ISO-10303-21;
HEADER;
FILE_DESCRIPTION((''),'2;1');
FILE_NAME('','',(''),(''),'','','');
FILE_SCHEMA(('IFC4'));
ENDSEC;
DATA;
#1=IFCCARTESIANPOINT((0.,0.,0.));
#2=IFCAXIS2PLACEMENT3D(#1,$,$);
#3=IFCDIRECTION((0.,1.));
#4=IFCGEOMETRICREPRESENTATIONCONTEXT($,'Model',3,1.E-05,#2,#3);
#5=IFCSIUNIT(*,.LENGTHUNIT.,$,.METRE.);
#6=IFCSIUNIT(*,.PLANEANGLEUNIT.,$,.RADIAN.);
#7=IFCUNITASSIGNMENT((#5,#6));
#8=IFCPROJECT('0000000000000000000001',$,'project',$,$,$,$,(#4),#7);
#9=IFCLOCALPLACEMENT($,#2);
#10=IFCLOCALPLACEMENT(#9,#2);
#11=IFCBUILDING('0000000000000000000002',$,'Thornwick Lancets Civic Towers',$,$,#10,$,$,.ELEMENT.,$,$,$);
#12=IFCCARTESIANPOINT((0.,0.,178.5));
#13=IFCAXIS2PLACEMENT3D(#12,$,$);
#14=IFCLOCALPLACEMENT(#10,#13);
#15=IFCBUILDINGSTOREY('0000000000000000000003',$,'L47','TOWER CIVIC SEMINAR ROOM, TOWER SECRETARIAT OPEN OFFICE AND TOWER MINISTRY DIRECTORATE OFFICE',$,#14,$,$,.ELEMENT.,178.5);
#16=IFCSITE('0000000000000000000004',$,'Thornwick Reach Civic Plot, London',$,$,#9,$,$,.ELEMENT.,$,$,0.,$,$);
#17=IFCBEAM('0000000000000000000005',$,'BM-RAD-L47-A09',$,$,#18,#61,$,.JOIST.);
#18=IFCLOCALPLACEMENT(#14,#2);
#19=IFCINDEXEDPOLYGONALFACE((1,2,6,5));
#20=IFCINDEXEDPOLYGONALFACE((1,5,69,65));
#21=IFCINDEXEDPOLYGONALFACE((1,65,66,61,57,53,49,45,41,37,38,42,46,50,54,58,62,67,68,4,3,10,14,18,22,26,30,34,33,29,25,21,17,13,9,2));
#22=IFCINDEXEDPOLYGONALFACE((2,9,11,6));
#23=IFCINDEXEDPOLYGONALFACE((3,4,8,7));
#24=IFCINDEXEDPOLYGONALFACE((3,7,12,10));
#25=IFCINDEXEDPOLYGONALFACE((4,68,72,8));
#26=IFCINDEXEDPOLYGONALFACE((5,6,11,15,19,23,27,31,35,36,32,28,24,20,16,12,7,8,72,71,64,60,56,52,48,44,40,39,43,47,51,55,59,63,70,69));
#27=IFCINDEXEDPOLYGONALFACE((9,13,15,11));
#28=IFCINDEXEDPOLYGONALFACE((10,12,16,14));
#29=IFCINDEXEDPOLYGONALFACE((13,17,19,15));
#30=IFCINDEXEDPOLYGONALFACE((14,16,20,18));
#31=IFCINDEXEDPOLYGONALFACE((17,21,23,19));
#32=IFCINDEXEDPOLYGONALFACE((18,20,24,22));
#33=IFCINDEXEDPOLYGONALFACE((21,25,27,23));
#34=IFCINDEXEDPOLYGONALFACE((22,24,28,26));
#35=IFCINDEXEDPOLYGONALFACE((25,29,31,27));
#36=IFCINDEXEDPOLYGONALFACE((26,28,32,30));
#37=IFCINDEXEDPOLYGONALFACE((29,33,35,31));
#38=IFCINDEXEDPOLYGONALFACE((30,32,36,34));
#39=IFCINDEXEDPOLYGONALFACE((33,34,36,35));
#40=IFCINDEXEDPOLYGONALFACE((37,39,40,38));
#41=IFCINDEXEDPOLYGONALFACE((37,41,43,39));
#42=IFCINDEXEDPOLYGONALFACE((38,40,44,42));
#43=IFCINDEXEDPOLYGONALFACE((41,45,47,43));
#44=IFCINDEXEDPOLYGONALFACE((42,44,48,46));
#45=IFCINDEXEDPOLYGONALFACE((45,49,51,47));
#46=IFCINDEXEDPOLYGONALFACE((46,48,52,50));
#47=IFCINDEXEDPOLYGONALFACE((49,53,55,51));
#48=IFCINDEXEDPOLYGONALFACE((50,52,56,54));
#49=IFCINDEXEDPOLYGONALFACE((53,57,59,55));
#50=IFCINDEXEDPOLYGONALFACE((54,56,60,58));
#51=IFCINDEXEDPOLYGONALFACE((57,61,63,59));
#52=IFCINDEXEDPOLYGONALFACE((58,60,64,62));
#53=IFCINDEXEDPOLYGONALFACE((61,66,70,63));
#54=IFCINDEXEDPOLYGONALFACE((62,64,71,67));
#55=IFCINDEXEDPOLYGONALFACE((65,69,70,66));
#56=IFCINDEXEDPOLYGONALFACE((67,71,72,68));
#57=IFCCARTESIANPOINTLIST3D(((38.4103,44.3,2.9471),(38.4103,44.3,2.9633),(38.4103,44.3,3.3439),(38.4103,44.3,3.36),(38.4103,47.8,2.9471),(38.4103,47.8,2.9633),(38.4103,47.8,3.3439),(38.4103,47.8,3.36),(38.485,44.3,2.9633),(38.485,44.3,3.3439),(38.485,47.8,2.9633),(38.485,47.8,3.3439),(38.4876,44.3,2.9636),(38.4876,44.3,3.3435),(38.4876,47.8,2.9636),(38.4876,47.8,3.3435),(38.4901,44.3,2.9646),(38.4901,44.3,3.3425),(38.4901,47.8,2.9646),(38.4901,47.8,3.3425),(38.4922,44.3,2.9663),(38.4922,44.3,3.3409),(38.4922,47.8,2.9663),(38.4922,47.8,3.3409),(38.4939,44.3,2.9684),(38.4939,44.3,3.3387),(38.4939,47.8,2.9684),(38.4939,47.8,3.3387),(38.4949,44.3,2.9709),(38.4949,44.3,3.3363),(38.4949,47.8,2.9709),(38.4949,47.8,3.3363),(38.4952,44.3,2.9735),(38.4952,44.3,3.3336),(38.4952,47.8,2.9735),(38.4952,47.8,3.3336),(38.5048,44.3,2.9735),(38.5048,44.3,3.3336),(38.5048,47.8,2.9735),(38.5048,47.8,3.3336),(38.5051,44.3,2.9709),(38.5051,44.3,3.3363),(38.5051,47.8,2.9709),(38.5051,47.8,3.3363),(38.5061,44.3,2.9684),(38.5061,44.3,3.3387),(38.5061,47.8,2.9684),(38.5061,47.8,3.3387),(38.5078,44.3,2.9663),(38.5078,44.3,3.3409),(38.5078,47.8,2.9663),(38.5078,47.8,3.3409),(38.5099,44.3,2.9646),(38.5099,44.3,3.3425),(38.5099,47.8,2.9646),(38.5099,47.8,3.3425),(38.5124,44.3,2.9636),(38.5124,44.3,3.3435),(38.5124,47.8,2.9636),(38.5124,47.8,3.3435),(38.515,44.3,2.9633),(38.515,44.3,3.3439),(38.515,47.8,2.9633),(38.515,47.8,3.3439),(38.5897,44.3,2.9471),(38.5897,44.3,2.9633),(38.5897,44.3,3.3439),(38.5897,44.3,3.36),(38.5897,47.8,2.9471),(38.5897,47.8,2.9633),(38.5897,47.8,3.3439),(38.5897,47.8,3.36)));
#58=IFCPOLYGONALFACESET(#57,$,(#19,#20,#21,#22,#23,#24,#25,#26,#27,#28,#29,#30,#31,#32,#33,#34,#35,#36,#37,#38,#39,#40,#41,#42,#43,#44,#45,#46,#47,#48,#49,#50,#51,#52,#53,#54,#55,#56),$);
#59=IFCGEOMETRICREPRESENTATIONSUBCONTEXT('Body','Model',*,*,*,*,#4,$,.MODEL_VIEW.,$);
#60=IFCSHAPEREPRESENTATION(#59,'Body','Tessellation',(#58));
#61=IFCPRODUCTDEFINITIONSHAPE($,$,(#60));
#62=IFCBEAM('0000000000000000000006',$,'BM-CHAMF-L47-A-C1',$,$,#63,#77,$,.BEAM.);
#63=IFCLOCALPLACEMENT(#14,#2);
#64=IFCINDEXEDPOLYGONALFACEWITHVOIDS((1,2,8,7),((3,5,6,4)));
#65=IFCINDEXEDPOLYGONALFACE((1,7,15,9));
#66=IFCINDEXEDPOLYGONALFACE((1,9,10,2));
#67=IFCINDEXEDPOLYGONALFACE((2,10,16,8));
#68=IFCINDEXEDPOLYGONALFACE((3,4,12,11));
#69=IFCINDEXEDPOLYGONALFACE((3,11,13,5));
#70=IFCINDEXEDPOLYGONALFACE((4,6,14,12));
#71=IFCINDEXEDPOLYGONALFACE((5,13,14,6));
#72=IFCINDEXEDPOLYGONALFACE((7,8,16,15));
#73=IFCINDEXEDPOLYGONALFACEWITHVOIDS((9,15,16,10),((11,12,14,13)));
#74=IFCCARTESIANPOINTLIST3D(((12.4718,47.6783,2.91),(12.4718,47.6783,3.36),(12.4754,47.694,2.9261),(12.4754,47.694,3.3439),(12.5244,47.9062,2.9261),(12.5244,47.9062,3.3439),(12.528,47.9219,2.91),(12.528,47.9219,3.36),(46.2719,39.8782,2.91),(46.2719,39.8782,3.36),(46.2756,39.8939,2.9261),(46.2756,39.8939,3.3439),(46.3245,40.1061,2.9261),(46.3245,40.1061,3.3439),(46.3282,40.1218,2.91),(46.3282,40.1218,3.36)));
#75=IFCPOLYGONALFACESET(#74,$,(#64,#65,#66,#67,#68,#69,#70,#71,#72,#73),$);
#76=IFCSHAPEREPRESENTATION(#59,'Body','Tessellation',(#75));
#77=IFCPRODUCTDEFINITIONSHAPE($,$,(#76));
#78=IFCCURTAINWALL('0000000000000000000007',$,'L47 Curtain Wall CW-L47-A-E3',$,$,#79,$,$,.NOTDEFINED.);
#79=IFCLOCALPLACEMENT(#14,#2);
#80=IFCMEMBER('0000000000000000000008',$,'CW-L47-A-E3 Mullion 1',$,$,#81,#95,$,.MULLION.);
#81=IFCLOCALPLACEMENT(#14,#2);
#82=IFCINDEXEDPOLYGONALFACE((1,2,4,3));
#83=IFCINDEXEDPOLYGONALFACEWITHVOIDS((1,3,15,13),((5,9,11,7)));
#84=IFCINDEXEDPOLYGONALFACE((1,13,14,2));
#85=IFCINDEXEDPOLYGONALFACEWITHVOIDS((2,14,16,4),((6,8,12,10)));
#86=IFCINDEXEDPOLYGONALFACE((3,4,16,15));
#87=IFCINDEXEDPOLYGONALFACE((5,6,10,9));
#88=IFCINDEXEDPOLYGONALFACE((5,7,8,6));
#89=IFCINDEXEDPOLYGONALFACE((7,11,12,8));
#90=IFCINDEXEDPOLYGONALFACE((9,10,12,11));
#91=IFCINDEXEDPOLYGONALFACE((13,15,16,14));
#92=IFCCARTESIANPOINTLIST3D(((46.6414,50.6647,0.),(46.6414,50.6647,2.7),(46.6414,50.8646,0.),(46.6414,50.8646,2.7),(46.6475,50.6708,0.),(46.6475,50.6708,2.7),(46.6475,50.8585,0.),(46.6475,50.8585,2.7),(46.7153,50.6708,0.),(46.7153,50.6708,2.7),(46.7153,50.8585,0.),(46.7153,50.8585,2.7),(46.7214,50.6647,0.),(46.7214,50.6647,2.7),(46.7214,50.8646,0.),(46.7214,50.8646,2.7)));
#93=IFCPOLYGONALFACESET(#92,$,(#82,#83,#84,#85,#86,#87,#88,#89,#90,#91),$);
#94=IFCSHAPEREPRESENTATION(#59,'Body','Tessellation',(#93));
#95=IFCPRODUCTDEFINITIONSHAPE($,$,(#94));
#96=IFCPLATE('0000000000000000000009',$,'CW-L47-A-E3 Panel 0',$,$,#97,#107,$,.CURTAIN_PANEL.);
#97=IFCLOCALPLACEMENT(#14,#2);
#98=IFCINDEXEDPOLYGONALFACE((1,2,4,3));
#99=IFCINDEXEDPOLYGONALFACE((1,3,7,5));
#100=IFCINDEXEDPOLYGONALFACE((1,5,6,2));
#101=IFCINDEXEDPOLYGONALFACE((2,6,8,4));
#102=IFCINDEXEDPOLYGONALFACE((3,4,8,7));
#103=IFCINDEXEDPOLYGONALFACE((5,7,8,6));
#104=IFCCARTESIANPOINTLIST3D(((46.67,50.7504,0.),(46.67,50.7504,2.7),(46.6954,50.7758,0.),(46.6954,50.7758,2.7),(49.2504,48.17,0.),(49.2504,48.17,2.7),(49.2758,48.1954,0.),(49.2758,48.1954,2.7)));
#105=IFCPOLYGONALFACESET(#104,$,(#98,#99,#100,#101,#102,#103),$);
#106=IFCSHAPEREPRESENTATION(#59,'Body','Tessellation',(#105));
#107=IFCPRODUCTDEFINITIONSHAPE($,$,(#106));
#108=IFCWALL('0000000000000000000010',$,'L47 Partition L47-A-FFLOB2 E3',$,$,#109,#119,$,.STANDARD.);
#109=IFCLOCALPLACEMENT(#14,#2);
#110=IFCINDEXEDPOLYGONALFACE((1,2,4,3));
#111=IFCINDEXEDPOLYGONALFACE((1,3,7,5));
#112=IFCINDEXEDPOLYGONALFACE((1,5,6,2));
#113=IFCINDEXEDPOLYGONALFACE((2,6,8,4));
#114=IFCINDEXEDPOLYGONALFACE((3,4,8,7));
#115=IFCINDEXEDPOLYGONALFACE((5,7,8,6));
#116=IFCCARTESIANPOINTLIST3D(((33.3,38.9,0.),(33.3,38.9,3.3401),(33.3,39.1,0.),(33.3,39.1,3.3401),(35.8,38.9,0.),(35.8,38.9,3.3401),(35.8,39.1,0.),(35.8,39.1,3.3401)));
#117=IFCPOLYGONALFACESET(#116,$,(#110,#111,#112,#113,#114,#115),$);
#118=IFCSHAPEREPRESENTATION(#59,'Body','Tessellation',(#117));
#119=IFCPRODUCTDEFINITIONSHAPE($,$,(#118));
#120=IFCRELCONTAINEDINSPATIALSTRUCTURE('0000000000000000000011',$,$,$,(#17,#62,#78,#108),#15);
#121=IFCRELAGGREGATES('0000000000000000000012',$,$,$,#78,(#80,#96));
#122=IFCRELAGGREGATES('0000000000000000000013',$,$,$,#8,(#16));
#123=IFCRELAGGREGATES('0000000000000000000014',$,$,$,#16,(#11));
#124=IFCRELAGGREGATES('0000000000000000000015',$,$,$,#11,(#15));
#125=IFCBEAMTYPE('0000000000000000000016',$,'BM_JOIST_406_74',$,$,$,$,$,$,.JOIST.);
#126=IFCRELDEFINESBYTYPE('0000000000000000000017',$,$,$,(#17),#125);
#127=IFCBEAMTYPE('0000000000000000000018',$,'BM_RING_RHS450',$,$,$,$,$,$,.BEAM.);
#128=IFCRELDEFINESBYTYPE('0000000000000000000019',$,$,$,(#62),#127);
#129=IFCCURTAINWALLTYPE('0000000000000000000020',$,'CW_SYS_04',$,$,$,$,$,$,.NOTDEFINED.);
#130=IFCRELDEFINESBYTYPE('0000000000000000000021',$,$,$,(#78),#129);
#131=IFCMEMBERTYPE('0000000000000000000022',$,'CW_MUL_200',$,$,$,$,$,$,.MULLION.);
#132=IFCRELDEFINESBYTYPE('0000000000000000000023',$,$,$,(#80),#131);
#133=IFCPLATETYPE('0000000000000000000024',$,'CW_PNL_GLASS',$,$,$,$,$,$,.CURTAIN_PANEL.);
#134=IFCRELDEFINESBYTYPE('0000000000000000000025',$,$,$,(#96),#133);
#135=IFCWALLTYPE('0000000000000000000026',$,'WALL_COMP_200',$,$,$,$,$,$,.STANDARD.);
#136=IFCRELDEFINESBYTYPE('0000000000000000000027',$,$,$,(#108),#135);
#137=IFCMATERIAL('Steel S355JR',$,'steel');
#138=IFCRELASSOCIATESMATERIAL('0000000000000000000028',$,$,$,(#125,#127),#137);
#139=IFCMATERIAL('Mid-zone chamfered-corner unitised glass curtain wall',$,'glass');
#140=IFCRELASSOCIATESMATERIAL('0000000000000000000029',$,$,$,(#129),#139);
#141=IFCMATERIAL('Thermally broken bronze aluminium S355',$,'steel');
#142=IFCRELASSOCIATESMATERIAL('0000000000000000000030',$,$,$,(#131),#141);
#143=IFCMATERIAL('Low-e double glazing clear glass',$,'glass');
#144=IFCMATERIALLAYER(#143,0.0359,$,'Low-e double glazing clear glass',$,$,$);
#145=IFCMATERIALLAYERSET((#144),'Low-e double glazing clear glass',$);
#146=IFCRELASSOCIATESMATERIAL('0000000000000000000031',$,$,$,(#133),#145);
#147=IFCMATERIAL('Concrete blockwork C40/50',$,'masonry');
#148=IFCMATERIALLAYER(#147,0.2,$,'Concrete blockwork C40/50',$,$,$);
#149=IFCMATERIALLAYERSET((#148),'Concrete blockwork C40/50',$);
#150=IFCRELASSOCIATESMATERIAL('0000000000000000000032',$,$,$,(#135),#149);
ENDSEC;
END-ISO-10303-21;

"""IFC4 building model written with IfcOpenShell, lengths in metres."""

from ifc_helpers import new_model, si_unit, direction, frame, frame_2d, origin, origin_2d, place, context, subcontext, project, spatial, rectangle, hollow_rectangle, i_section, extrude, material, layer, layer_set, material_profile, profile_set, type_object, element, aggregate, save


model = new_model("IFC4")

# Units and contexts
model_context = context("Model", 3, precision=1e-05, world=origin(), true_north=direction((0.0, 1.0)))
body_context = subcontext(model_context, "Body", "Model", "MODEL_VIEW")
ifc_project = project(units=[si_unit("LENGTHUNIT", "METRE"), si_unit("PLANEANGLEUNIT", "RADIAN")], contexts=[model_context])

# Site, building, storey
site_placement = place(None, origin())
site = spatial("IfcSite", under=ifc_project, at=site_placement, Name="Thornwick Reach Civic Plot, London", CompositionType="ELEMENT", RefElevation=0.0)
building_placement = place(site_placement, origin())
building = spatial("IfcBuilding", under=site, at=building_placement, Name="Thornwick Lancets Civic Towers", CompositionType="ELEMENT")
storey_placement = place(building_placement, frame((0.0, 0.0, 178.5)))
storey = spatial("IfcBuildingStorey", under=building, at=storey_placement, Name="L47", Description="TOWER CIVIC SEMINAR ROOM, TOWER SECRETARIAT OPEN OFFICE AND TOWER MINISTRY DIRECTORATE OFFICE", CompositionType="ELEMENT", Elevation=178.5)

# Beams
ifc_material_1 = material(Name="Steel S355JR", Category="steel")
ifc_material_profile_1 = material_profile(ifc_material_1, i_section(OverallWidth=0.1794, OverallDepth=0.4128, WebThickness=0.0095, FlangeThickness=0.0161, FilletRadius=0.0103, at=origin_2d()), Name="UKB 406x178x74")
ifc_profile_set_1 = profile_set([ifc_material_profile_1], Name="Steel S355JR")
beam_type_1 = type_object("IfcBeamType", Name="BM_JOIST_406_74", PredefinedType="JOIST", material=ifc_profile_set_1)
for number, where, z_axis, x_axis, name in (
    (1, (38.5, 44.3, 3.1536), (0.0, 1.0, 0.0), (-1.0, 0.0, 0.0), "BM-RAD-L47-A09"),
):
    element("IfcBeam", number, at=place(storey_placement, frame(where, z_axis=z_axis, x_axis=x_axis)), inside=storey, type_object=beam_type_1, Name=name, PredefinedType="JOIST", context=body_context, shape_type="SweptSolid", body=[
        extrude(i_section(OverallWidth=0.1794, OverallDepth=0.4128, WebThickness=0.0095, FlangeThickness=0.0161, FilletRadius=0.0103, at=origin_2d()), origin(), (0.0, 0.0, 1.0), 3.5),
    ])
ifc_material_profile_2 = material_profile(ifc_material_1, hollow_rectangle(XDim=0.25, YDim=0.45, WallThickness=0.0161, at=origin_2d()), Name="RHS 450x250x16")
ifc_profile_set_2 = profile_set([ifc_material_profile_2], Name="Steel S355JR")
beam_type_2 = type_object("IfcBeamType", Name="BM_RING_RHS450", PredefinedType="BEAM", material=ifc_profile_set_2)
beam_placement = place(storey_placement, frame((46.3, 40.0, 3.135), z_axis=(-0.974391, 0.224861, 0.0), x_axis=(-0.224861, -0.974391, 0.0)))
element("IfcBeam", 2, at=beam_placement, inside=storey, type_object=beam_type_2, Name="BM-CHAMF-L47-A-C1", PredefinedType="BEAM", context=body_context, shape_type="SweptSolid", body=[
    extrude(hollow_rectangle(XDim=0.25, YDim=0.45, WallThickness=0.0161, at=origin_2d()), origin(), (0.0, 0.0, 1.0), 34.6885),
])

# Curtain wall, member, plate
ifc_material_2 = material(Name="Mid-zone chamfered-corner unitised glass curtain wall", Category="glass")
curtain_wall_type = type_object("IfcCurtainWallType", Name="CW_SYS_04", PredefinedType="NOTDEFINED", material=ifc_material_2)
curtain_wall_placement = place(storey_placement, origin())
curtain_wall = element("IfcCurtainWall", 3, at=curtain_wall_placement, inside=storey, type_object=curtain_wall_type, Name="L47 Curtain Wall CW-L47-A-E3", PredefinedType="NOTDEFINED")
ifc_material_3 = material(Name="Thermally broken bronze aluminium S355", Category="steel")
ifc_material_profile_3 = material_profile(ifc_material_3, hollow_rectangle(XDim=0.0801, YDim=0.2, WallThickness=0.0061, at=origin_2d()), Name="RHS 200x80x6")
ifc_profile_set_3 = profile_set([ifc_material_profile_3], Name="Thermally broken bronze aluminium S355")
member_type = type_object("IfcMemberType", Name="CW_MUL_200", PredefinedType="MULLION", material=ifc_profile_set_3)
member_placement = place(storey_placement, frame((46.6814, 50.7646, 0.0), z_axis=(0.0, 0.0, 1.0), x_axis=(1.0, 0.0, 0.0)))
member = element("IfcMember", 4, at=member_placement, type_object=member_type, Name="CW-L47-A-E3 Mullion 1", PredefinedType="MULLION", context=body_context, shape_type="SweptSolid", body=[
    extrude(hollow_rectangle(XDim=0.0801, YDim=0.2, WallThickness=0.0061, at=origin_2d()), origin(), (0.0, 0.0, 1.0), 2.7),
])
ifc_material_4 = material(Name="Low-e double glazing clear glass", Category="glass")
ifc_layer_1 = layer(ifc_material_4, 0.0359, Name="Low-e double glazing clear glass")
ifc_layer_set_1 = layer_set([ifc_layer_1], Name="Low-e double glazing clear glass")
plate_type = type_object("IfcPlateType", Name="CW_PNL_GLASS", PredefinedType="CURTAIN_PANEL", material=ifc_layer_set_1)
plate_placement = place(storey_placement, frame((47.9729, 49.4729, 0.0), z_axis=(0.0, 0.0, 1.0), x_axis=(-0.707107, 0.707107, 0.0)))
plate = element("IfcPlate", 5, at=plate_placement, type_object=plate_type, Name="CW-L47-A-E3 Panel 0", PredefinedType="CURTAIN_PANEL", context=body_context, shape_type="SweptSolid", body=[
    extrude(rectangle(XDim=3.6492, YDim=0.0359, at=origin_2d()), origin(), (0.0, 0.0, 1.0), 2.7),
])
aggregate(curtain_wall, [member, plate])

# Wall
ifc_material_5 = material(Name="Concrete blockwork C40/50", Category="masonry")
ifc_layer_2 = layer(ifc_material_5, 0.2, Name="Concrete blockwork C40/50")
ifc_layer_set_2 = layer_set([ifc_layer_2], Name="Concrete blockwork C40/50")
wall_type_1 = type_object("IfcWallType", Name="WALL_COMP_200", PredefinedType="STANDARD", material=ifc_layer_set_2)
wall_1_placement = place(storey_placement, frame((35.8, 39.0, 0.0), z_axis=(0.0, 0.0, 1.0), x_axis=(-1.0, 0.0, 0.0)))
element("IfcWall", 6, at=wall_1_placement, inside=storey, type_object=wall_type_1, Name="L47 Partition L47-A-FFLOB2 E3", PredefinedType="STANDARD", context=body_context, shape_type="SweptSolid", body=[
    extrude(rectangle(XDim=2.5, YDim=0.2, at=frame_2d((1.25, 0.0))), origin(), (0.0, 0.0, 1.0), 3.3401),
])

save(model, "model.ifc")
